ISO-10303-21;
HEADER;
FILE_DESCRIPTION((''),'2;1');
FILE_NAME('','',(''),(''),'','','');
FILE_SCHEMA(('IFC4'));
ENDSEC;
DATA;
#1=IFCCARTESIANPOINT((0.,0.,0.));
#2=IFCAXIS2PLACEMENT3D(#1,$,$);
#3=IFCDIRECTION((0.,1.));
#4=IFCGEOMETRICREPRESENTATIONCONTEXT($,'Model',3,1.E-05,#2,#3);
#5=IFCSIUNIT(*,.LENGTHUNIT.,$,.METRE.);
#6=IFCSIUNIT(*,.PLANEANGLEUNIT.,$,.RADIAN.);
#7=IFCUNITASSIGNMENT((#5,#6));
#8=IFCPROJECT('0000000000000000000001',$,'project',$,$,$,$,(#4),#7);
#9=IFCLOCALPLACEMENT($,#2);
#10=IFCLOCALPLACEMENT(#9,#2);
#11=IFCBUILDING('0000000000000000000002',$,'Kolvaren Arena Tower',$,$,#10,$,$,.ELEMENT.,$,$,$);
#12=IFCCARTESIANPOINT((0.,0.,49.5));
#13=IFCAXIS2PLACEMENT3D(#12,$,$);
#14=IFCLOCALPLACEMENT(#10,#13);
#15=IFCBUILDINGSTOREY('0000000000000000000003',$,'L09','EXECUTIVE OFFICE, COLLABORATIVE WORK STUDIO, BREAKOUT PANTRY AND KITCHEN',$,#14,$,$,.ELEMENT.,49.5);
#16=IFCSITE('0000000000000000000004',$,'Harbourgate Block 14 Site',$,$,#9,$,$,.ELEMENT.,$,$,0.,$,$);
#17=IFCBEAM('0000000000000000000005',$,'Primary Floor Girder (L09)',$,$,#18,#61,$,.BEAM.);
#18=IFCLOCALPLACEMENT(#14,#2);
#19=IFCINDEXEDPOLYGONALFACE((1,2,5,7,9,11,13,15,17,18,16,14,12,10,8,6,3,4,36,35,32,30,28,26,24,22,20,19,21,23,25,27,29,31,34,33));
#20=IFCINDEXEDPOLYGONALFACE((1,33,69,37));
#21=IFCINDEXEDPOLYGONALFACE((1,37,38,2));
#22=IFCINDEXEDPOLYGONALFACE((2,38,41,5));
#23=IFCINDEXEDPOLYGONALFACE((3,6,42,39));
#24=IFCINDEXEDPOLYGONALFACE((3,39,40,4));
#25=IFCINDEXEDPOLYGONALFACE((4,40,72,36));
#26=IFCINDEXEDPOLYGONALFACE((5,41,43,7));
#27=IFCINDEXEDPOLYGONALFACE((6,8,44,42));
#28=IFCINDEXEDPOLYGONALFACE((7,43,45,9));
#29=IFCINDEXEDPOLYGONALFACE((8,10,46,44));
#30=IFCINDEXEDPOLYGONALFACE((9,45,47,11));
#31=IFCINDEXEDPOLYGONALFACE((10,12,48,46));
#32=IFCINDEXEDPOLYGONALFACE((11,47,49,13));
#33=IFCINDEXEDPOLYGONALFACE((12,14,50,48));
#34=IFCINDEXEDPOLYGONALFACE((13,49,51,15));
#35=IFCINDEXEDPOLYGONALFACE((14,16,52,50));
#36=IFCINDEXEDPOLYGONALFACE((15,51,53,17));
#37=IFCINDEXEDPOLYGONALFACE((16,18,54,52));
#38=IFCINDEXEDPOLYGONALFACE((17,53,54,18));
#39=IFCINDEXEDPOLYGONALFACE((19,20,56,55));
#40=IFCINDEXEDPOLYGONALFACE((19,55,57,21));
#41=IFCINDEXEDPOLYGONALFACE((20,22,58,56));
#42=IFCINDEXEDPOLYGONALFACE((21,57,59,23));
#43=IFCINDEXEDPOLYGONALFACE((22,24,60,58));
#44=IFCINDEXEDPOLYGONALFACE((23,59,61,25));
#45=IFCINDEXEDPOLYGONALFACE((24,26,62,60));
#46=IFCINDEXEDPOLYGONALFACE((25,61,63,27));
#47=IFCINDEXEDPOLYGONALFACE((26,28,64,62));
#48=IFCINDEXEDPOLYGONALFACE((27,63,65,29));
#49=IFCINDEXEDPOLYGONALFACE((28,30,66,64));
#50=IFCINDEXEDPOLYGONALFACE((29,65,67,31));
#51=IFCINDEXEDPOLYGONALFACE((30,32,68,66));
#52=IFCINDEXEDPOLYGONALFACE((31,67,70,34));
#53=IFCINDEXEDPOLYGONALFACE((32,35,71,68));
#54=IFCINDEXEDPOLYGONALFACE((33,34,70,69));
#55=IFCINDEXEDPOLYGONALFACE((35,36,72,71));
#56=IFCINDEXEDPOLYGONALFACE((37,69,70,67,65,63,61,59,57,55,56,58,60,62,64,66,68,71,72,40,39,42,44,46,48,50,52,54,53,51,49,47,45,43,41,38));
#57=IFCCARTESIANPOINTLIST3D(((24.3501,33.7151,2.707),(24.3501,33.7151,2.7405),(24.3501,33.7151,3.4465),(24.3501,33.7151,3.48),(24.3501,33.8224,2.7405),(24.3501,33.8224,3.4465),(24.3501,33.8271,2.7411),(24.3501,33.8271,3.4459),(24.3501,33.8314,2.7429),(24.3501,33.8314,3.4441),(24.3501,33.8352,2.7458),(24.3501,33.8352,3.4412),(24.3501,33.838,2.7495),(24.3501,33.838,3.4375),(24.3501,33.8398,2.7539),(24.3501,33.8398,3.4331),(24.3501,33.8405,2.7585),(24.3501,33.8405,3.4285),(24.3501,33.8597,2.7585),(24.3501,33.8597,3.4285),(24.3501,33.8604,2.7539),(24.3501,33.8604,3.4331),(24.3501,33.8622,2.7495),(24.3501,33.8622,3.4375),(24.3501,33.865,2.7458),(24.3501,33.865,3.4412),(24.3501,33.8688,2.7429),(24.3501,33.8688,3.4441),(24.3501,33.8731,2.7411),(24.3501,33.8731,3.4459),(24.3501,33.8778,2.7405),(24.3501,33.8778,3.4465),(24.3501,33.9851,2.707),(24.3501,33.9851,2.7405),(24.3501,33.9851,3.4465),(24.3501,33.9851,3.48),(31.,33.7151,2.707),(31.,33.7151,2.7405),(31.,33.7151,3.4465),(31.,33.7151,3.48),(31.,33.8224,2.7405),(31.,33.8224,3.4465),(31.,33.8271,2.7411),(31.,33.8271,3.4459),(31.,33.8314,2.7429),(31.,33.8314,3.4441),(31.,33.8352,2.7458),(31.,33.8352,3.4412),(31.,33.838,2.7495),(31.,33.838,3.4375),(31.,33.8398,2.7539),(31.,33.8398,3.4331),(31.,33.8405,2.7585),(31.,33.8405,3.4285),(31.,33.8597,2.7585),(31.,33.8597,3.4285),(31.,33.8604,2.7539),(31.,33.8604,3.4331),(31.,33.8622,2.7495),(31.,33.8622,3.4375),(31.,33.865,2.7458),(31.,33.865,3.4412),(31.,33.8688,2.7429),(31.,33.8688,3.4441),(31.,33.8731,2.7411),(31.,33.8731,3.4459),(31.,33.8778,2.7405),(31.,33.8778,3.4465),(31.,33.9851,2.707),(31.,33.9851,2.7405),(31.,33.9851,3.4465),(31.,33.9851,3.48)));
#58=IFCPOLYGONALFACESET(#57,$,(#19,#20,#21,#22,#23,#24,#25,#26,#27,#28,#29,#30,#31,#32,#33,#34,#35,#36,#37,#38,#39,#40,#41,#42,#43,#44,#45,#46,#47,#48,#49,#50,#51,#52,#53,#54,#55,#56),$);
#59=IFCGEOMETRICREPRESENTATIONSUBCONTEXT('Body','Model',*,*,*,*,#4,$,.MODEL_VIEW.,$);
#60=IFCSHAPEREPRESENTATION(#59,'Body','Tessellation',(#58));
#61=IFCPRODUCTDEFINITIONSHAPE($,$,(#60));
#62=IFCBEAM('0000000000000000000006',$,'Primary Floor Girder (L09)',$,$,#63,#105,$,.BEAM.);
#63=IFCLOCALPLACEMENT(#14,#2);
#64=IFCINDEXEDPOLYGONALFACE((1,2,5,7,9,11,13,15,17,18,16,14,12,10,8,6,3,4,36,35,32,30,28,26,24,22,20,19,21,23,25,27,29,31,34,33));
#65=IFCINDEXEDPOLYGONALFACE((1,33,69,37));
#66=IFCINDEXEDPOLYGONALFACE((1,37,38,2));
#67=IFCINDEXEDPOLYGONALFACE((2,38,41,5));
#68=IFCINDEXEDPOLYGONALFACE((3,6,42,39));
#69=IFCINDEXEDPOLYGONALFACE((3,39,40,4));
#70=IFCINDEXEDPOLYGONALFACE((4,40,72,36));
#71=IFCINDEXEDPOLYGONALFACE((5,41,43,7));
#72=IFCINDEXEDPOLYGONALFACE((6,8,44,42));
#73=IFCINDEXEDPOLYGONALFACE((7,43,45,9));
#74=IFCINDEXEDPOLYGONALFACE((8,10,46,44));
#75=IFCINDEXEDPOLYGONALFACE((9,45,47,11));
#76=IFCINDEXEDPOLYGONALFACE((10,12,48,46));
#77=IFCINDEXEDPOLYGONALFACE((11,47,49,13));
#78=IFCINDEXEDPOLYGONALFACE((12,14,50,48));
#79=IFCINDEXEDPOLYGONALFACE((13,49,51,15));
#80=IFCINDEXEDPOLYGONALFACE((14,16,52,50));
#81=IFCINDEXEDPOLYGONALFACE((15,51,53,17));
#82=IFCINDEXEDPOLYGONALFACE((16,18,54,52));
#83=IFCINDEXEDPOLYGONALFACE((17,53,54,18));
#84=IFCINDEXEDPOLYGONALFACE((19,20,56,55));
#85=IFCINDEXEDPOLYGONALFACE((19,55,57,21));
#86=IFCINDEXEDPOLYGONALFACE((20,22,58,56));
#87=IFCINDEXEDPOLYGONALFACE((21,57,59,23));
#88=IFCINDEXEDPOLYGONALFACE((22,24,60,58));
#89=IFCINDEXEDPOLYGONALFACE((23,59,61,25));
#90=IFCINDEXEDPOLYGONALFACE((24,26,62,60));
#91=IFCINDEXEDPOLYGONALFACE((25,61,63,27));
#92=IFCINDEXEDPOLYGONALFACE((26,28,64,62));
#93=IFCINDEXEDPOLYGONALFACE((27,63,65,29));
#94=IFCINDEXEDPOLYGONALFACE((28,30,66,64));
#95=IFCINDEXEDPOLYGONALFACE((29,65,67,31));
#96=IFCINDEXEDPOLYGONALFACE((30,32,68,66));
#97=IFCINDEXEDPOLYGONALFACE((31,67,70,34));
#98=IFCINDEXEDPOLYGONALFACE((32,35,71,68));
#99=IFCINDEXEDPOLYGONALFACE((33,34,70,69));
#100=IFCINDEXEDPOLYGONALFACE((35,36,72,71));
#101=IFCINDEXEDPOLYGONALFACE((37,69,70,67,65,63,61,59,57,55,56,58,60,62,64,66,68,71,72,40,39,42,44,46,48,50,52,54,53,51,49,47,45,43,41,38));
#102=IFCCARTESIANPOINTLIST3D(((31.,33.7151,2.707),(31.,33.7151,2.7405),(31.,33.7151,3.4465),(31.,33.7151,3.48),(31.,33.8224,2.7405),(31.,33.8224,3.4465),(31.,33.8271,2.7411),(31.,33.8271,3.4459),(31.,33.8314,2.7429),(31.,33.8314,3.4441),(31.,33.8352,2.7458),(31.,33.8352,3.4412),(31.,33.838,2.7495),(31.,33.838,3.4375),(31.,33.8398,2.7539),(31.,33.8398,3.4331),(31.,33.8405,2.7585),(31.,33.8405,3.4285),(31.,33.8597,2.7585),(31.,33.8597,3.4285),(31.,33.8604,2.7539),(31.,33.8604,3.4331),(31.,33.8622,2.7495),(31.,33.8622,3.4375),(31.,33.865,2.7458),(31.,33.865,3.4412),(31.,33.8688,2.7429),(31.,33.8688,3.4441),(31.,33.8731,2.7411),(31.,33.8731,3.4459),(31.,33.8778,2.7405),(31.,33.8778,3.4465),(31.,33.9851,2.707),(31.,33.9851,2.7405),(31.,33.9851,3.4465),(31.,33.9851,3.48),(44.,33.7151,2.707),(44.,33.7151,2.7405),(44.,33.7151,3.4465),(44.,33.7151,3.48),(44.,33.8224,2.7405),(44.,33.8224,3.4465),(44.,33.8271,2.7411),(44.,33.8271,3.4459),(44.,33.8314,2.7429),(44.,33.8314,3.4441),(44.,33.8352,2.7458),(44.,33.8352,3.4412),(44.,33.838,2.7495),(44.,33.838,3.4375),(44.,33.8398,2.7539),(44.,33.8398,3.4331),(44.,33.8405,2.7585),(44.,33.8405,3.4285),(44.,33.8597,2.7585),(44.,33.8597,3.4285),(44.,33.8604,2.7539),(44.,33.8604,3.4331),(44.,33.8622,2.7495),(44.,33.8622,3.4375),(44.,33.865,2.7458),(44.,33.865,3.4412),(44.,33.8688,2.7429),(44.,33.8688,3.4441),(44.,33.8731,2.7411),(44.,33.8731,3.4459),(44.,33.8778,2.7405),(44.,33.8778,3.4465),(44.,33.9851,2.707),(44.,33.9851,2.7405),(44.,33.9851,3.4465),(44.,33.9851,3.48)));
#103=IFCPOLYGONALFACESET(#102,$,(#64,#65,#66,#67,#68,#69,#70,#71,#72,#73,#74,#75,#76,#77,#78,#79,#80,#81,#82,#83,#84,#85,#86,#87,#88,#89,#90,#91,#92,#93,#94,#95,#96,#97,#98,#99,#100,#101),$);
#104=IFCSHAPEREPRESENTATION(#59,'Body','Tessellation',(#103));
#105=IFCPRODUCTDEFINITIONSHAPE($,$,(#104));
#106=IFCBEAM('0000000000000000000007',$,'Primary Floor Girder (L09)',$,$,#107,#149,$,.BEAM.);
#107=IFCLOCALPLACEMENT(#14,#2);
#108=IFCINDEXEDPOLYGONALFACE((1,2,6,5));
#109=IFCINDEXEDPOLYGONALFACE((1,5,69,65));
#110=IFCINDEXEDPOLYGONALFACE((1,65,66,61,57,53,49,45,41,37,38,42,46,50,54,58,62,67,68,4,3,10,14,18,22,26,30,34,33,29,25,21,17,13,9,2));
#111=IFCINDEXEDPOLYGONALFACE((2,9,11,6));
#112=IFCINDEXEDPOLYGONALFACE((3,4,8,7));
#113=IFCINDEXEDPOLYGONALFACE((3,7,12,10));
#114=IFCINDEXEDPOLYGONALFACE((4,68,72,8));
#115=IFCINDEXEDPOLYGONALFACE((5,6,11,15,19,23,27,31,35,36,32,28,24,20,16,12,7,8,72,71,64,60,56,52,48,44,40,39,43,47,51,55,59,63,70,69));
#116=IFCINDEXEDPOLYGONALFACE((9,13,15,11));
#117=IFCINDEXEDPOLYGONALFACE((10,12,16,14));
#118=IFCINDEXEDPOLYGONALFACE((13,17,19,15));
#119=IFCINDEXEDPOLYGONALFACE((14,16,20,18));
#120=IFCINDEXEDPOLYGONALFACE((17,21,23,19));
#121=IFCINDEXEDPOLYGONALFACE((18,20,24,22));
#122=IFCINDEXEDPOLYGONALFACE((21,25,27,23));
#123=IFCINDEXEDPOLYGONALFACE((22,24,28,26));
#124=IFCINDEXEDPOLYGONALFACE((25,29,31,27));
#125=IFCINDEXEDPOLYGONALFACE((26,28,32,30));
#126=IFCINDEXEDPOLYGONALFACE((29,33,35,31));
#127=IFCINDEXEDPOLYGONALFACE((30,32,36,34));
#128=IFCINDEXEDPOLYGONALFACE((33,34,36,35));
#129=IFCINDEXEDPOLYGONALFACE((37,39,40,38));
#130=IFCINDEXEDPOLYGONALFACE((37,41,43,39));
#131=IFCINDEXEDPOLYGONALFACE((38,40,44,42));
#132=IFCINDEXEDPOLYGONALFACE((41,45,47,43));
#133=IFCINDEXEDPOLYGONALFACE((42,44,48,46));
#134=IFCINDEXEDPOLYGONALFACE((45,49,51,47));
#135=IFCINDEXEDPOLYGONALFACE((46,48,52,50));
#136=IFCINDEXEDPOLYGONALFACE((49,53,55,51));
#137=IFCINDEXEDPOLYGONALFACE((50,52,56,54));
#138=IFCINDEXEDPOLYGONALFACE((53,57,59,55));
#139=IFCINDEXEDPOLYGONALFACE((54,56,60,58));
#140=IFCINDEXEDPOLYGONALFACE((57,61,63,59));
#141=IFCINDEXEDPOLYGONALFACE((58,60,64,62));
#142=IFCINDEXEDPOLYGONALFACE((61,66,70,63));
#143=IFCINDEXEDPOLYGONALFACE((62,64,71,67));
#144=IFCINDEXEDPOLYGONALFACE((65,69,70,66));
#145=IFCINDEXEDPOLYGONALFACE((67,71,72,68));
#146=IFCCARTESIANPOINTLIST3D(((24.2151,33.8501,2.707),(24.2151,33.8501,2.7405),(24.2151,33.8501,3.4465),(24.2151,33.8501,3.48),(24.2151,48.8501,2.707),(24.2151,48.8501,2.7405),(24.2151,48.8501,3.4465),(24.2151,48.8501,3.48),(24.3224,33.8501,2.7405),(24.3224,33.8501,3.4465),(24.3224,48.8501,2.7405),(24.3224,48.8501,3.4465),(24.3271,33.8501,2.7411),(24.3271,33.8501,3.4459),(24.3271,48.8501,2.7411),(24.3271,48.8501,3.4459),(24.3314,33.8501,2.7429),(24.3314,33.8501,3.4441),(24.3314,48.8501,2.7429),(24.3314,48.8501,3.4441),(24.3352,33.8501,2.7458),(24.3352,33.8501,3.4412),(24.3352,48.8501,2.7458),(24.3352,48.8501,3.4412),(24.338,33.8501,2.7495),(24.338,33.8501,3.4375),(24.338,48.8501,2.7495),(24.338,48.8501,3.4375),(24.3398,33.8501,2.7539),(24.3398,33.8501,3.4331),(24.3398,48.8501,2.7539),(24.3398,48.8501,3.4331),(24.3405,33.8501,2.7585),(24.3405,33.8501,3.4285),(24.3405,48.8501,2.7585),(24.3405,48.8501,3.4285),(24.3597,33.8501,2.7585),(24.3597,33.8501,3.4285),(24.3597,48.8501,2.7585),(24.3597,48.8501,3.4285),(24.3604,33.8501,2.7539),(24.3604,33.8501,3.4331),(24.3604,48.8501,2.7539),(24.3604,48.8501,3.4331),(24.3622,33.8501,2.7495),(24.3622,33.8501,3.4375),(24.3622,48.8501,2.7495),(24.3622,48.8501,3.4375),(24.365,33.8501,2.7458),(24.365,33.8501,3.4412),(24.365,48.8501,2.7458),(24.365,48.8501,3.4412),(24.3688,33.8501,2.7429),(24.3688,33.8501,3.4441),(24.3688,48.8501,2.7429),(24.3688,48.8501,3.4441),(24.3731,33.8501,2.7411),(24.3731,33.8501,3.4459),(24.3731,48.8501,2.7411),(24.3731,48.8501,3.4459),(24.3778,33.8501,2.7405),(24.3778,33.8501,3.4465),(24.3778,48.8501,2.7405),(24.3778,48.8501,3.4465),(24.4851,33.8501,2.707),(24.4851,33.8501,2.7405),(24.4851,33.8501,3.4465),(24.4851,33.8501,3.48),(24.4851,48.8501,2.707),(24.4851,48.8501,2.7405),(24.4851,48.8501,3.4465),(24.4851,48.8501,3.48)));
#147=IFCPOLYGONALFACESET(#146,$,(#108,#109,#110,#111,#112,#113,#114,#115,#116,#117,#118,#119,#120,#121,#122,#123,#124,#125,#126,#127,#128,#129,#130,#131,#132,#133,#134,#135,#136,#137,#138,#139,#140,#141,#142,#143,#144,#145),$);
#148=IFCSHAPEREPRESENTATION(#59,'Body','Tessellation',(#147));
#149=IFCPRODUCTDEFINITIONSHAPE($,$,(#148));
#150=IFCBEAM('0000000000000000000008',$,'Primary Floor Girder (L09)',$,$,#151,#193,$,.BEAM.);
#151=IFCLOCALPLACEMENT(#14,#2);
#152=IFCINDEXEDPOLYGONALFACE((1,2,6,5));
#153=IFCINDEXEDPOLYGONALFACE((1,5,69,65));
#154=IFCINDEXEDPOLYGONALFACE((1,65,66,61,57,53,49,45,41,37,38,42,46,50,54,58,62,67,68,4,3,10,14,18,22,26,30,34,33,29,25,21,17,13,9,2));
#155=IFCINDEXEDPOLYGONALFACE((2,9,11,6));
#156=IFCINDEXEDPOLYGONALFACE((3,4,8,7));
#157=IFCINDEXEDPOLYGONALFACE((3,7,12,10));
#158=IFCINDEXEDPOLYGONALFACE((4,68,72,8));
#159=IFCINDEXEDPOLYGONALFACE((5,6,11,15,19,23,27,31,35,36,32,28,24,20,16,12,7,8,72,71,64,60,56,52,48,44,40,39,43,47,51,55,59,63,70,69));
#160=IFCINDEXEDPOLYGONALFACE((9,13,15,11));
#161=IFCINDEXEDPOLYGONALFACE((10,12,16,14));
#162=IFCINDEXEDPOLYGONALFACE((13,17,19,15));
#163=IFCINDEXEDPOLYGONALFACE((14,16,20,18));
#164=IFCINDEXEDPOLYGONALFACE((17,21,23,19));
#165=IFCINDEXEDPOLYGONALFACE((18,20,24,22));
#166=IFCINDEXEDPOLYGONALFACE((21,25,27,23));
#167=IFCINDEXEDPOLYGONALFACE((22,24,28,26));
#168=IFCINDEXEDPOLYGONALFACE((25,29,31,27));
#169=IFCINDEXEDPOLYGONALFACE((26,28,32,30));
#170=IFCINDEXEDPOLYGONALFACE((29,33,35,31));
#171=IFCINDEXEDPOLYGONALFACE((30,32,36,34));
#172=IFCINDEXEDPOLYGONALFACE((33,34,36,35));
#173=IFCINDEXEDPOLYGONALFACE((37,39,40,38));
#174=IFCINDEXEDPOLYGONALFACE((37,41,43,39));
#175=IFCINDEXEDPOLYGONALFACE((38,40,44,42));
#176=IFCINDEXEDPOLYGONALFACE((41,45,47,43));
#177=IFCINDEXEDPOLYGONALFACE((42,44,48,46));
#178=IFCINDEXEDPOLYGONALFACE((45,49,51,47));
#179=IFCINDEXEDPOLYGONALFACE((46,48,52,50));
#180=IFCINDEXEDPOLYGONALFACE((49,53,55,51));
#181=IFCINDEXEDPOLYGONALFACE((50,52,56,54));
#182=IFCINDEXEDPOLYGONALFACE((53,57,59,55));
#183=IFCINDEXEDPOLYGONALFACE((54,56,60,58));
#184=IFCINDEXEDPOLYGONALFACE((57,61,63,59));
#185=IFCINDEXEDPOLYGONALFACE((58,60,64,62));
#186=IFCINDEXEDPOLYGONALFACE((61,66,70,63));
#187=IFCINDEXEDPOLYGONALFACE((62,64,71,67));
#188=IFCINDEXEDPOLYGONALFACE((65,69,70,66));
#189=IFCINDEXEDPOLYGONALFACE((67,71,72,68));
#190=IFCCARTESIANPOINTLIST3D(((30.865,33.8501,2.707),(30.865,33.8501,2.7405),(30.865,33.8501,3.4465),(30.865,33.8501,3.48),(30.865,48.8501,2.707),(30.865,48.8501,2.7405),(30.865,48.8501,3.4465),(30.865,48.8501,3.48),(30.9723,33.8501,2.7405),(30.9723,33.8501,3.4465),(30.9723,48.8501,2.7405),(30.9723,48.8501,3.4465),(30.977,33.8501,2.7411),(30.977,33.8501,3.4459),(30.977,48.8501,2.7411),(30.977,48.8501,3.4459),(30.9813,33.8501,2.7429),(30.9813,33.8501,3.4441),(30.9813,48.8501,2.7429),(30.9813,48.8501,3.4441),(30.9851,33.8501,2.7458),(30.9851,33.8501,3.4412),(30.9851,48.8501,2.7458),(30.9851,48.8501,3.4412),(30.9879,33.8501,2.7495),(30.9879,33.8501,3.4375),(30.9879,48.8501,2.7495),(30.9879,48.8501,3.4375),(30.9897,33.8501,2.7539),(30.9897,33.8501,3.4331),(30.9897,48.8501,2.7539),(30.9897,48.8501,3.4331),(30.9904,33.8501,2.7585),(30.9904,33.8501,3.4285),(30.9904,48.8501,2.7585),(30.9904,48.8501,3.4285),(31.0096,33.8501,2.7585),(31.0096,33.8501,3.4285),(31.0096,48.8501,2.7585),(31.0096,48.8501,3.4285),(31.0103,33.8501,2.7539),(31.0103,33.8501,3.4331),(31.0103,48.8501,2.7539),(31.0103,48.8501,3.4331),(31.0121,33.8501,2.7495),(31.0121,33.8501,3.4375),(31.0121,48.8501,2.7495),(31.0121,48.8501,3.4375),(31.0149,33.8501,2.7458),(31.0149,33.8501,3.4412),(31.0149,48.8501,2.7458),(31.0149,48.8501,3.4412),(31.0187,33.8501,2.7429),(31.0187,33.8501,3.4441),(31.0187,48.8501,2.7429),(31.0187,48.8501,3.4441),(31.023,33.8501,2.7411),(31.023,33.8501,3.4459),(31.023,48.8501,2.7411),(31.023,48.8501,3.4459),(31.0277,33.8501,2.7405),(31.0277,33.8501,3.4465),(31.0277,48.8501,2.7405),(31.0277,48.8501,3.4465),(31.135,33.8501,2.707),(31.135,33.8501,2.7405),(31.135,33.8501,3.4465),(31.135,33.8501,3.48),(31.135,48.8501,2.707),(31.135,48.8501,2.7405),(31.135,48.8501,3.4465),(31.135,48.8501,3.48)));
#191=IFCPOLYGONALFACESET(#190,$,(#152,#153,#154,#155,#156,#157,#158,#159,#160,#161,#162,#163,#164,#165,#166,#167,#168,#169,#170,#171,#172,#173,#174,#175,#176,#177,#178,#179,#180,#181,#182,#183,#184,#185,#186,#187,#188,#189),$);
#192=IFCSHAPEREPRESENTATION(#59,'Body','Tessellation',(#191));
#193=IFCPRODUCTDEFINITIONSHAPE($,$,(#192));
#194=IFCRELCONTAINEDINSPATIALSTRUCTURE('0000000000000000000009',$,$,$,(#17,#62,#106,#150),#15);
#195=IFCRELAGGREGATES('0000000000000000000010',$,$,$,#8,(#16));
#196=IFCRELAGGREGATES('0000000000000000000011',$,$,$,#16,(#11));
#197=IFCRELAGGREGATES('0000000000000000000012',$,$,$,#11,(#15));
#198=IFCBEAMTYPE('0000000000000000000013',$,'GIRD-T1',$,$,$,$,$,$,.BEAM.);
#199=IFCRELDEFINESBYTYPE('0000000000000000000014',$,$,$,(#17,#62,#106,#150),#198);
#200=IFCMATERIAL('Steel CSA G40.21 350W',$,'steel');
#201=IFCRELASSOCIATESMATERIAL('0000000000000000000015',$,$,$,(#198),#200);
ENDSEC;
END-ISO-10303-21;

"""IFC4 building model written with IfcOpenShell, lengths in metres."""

from ifc_helpers import new_model, si_unit, direction, frame, origin, origin_2d, place, context, subcontext, project, spatial, i_section, extrude, material, material_profile, profile_set, type_object, element, save


model = new_model("IFC4")

# Units and contexts
model_context = context("Model", 3, precision=1e-05, world=origin(), true_north=direction((0.0, 1.0)))
body_context = subcontext(model_context, "Body", "Model", "MODEL_VIEW")
ifc_project = project(units=[si_unit("LENGTHUNIT", "METRE"), si_unit("PLANEANGLEUNIT", "RADIAN")], contexts=[model_context])

# Site, building, storey
site_placement = place(None, origin())
site = spatial("IfcSite", under=ifc_project, at=site_placement, Name="Harbourgate Block 14 Site", CompositionType="ELEMENT", RefElevation=0.0)
building_placement = place(site_placement, origin())
building = spatial("IfcBuilding", under=site, at=building_placement, Name="Kolvaren Arena Tower", CompositionType="ELEMENT")
storey_placement = place(building_placement, frame((0.0, 0.0, 49.5)))
storey = spatial("IfcBuildingStorey", under=building, at=storey_placement, Name="L09", Description="EXECUTIVE OFFICE, COLLABORATIVE WORK STUDIO, BREAKOUT PANTRY AND KITCHEN", CompositionType="ELEMENT", Elevation=49.5)

# Beams
ifc_material_1 = material(Name="Steel CSA G40.21 350W", Category="steel")
ifc_material_profile_1 = material_profile(ifc_material_1, i_section(OverallWidth=0.27, OverallDepth=0.7729, WebThickness=0.0193, FlangeThickness=0.0334, FilletRadius=0.0181, at=origin_2d()), Name="W760x257")
ifc_profile_set_1 = profile_set([ifc_material_profile_1], Name="Steel CSA G40.21 350W")
beam_type_1 = type_object("IfcBeamType", Name="GIRD-T1", PredefinedType="BEAM", material=ifc_profile_set_1)
beam_1_placement = place(storey_placement, frame((24.3501, 33.8501, 3.0935), z_axis=(1.0, 0.0, 0.0), x_axis=(0.0, 1.0, 0.0)))
element("IfcBeam", 1, at=beam_1_placement, inside=storey, type_object=beam_type_1, Name="Primary Floor Girder (L09)", PredefinedType="BEAM", context=body_context, shape_type="SweptSolid", body=[
    extrude(i_section(OverallWidth=0.27, OverallDepth=0.7729, WebThickness=0.0193, FlangeThickness=0.0334, FilletRadius=0.0181, at=origin_2d()), origin(), (0.0, 0.0, 1.0), 6.6499),
])
beam_2_placement = place(storey_placement, frame((31.0, 33.8501, 3.0935), z_axis=(1.0, 0.0, 0.0), x_axis=(0.0, 1.0, 0.0)))
element("IfcBeam", 2, at=beam_2_placement, inside=storey, type_object=beam_type_1, Name="Primary Floor Girder (L09)", PredefinedType="BEAM", context=body_context, shape_type="SweptSolid", body=[
    extrude(i_section(OverallWidth=0.27, OverallDepth=0.7729, WebThickness=0.0193, FlangeThickness=0.0334, FilletRadius=0.0181, at=origin_2d()), origin(), (0.0, 0.0, 1.0), 13.0),
])
for number, where, z_axis, x_axis, name in (
    (3, (24.3501, 33.8501, 3.0935), (0.0, 1.0, 0.0), (-1.0, 0.0, 0.0), "Primary Floor Girder (L09)"),
    (4, (31.0, 33.8501, 3.0935), (0.0, 1.0, 0.0), (-1.0, 0.0, 0.0), "Primary Floor Girder (L09)"),
):
    element("IfcBeam", number, at=place(storey_placement, frame(where, z_axis=z_axis, x_axis=x_axis)), inside=storey, type_object=beam_type_1, Name=name, PredefinedType="BEAM", context=body_context, shape_type="SweptSolid", body=[
        extrude(i_section(OverallWidth=0.27, OverallDepth=0.7729, WebThickness=0.0193, FlangeThickness=0.0334, FilletRadius=0.0181, at=origin_2d()), origin(), (0.0, 0.0, 1.0), 15.0),
    ])

save(model, "model.ifc")
